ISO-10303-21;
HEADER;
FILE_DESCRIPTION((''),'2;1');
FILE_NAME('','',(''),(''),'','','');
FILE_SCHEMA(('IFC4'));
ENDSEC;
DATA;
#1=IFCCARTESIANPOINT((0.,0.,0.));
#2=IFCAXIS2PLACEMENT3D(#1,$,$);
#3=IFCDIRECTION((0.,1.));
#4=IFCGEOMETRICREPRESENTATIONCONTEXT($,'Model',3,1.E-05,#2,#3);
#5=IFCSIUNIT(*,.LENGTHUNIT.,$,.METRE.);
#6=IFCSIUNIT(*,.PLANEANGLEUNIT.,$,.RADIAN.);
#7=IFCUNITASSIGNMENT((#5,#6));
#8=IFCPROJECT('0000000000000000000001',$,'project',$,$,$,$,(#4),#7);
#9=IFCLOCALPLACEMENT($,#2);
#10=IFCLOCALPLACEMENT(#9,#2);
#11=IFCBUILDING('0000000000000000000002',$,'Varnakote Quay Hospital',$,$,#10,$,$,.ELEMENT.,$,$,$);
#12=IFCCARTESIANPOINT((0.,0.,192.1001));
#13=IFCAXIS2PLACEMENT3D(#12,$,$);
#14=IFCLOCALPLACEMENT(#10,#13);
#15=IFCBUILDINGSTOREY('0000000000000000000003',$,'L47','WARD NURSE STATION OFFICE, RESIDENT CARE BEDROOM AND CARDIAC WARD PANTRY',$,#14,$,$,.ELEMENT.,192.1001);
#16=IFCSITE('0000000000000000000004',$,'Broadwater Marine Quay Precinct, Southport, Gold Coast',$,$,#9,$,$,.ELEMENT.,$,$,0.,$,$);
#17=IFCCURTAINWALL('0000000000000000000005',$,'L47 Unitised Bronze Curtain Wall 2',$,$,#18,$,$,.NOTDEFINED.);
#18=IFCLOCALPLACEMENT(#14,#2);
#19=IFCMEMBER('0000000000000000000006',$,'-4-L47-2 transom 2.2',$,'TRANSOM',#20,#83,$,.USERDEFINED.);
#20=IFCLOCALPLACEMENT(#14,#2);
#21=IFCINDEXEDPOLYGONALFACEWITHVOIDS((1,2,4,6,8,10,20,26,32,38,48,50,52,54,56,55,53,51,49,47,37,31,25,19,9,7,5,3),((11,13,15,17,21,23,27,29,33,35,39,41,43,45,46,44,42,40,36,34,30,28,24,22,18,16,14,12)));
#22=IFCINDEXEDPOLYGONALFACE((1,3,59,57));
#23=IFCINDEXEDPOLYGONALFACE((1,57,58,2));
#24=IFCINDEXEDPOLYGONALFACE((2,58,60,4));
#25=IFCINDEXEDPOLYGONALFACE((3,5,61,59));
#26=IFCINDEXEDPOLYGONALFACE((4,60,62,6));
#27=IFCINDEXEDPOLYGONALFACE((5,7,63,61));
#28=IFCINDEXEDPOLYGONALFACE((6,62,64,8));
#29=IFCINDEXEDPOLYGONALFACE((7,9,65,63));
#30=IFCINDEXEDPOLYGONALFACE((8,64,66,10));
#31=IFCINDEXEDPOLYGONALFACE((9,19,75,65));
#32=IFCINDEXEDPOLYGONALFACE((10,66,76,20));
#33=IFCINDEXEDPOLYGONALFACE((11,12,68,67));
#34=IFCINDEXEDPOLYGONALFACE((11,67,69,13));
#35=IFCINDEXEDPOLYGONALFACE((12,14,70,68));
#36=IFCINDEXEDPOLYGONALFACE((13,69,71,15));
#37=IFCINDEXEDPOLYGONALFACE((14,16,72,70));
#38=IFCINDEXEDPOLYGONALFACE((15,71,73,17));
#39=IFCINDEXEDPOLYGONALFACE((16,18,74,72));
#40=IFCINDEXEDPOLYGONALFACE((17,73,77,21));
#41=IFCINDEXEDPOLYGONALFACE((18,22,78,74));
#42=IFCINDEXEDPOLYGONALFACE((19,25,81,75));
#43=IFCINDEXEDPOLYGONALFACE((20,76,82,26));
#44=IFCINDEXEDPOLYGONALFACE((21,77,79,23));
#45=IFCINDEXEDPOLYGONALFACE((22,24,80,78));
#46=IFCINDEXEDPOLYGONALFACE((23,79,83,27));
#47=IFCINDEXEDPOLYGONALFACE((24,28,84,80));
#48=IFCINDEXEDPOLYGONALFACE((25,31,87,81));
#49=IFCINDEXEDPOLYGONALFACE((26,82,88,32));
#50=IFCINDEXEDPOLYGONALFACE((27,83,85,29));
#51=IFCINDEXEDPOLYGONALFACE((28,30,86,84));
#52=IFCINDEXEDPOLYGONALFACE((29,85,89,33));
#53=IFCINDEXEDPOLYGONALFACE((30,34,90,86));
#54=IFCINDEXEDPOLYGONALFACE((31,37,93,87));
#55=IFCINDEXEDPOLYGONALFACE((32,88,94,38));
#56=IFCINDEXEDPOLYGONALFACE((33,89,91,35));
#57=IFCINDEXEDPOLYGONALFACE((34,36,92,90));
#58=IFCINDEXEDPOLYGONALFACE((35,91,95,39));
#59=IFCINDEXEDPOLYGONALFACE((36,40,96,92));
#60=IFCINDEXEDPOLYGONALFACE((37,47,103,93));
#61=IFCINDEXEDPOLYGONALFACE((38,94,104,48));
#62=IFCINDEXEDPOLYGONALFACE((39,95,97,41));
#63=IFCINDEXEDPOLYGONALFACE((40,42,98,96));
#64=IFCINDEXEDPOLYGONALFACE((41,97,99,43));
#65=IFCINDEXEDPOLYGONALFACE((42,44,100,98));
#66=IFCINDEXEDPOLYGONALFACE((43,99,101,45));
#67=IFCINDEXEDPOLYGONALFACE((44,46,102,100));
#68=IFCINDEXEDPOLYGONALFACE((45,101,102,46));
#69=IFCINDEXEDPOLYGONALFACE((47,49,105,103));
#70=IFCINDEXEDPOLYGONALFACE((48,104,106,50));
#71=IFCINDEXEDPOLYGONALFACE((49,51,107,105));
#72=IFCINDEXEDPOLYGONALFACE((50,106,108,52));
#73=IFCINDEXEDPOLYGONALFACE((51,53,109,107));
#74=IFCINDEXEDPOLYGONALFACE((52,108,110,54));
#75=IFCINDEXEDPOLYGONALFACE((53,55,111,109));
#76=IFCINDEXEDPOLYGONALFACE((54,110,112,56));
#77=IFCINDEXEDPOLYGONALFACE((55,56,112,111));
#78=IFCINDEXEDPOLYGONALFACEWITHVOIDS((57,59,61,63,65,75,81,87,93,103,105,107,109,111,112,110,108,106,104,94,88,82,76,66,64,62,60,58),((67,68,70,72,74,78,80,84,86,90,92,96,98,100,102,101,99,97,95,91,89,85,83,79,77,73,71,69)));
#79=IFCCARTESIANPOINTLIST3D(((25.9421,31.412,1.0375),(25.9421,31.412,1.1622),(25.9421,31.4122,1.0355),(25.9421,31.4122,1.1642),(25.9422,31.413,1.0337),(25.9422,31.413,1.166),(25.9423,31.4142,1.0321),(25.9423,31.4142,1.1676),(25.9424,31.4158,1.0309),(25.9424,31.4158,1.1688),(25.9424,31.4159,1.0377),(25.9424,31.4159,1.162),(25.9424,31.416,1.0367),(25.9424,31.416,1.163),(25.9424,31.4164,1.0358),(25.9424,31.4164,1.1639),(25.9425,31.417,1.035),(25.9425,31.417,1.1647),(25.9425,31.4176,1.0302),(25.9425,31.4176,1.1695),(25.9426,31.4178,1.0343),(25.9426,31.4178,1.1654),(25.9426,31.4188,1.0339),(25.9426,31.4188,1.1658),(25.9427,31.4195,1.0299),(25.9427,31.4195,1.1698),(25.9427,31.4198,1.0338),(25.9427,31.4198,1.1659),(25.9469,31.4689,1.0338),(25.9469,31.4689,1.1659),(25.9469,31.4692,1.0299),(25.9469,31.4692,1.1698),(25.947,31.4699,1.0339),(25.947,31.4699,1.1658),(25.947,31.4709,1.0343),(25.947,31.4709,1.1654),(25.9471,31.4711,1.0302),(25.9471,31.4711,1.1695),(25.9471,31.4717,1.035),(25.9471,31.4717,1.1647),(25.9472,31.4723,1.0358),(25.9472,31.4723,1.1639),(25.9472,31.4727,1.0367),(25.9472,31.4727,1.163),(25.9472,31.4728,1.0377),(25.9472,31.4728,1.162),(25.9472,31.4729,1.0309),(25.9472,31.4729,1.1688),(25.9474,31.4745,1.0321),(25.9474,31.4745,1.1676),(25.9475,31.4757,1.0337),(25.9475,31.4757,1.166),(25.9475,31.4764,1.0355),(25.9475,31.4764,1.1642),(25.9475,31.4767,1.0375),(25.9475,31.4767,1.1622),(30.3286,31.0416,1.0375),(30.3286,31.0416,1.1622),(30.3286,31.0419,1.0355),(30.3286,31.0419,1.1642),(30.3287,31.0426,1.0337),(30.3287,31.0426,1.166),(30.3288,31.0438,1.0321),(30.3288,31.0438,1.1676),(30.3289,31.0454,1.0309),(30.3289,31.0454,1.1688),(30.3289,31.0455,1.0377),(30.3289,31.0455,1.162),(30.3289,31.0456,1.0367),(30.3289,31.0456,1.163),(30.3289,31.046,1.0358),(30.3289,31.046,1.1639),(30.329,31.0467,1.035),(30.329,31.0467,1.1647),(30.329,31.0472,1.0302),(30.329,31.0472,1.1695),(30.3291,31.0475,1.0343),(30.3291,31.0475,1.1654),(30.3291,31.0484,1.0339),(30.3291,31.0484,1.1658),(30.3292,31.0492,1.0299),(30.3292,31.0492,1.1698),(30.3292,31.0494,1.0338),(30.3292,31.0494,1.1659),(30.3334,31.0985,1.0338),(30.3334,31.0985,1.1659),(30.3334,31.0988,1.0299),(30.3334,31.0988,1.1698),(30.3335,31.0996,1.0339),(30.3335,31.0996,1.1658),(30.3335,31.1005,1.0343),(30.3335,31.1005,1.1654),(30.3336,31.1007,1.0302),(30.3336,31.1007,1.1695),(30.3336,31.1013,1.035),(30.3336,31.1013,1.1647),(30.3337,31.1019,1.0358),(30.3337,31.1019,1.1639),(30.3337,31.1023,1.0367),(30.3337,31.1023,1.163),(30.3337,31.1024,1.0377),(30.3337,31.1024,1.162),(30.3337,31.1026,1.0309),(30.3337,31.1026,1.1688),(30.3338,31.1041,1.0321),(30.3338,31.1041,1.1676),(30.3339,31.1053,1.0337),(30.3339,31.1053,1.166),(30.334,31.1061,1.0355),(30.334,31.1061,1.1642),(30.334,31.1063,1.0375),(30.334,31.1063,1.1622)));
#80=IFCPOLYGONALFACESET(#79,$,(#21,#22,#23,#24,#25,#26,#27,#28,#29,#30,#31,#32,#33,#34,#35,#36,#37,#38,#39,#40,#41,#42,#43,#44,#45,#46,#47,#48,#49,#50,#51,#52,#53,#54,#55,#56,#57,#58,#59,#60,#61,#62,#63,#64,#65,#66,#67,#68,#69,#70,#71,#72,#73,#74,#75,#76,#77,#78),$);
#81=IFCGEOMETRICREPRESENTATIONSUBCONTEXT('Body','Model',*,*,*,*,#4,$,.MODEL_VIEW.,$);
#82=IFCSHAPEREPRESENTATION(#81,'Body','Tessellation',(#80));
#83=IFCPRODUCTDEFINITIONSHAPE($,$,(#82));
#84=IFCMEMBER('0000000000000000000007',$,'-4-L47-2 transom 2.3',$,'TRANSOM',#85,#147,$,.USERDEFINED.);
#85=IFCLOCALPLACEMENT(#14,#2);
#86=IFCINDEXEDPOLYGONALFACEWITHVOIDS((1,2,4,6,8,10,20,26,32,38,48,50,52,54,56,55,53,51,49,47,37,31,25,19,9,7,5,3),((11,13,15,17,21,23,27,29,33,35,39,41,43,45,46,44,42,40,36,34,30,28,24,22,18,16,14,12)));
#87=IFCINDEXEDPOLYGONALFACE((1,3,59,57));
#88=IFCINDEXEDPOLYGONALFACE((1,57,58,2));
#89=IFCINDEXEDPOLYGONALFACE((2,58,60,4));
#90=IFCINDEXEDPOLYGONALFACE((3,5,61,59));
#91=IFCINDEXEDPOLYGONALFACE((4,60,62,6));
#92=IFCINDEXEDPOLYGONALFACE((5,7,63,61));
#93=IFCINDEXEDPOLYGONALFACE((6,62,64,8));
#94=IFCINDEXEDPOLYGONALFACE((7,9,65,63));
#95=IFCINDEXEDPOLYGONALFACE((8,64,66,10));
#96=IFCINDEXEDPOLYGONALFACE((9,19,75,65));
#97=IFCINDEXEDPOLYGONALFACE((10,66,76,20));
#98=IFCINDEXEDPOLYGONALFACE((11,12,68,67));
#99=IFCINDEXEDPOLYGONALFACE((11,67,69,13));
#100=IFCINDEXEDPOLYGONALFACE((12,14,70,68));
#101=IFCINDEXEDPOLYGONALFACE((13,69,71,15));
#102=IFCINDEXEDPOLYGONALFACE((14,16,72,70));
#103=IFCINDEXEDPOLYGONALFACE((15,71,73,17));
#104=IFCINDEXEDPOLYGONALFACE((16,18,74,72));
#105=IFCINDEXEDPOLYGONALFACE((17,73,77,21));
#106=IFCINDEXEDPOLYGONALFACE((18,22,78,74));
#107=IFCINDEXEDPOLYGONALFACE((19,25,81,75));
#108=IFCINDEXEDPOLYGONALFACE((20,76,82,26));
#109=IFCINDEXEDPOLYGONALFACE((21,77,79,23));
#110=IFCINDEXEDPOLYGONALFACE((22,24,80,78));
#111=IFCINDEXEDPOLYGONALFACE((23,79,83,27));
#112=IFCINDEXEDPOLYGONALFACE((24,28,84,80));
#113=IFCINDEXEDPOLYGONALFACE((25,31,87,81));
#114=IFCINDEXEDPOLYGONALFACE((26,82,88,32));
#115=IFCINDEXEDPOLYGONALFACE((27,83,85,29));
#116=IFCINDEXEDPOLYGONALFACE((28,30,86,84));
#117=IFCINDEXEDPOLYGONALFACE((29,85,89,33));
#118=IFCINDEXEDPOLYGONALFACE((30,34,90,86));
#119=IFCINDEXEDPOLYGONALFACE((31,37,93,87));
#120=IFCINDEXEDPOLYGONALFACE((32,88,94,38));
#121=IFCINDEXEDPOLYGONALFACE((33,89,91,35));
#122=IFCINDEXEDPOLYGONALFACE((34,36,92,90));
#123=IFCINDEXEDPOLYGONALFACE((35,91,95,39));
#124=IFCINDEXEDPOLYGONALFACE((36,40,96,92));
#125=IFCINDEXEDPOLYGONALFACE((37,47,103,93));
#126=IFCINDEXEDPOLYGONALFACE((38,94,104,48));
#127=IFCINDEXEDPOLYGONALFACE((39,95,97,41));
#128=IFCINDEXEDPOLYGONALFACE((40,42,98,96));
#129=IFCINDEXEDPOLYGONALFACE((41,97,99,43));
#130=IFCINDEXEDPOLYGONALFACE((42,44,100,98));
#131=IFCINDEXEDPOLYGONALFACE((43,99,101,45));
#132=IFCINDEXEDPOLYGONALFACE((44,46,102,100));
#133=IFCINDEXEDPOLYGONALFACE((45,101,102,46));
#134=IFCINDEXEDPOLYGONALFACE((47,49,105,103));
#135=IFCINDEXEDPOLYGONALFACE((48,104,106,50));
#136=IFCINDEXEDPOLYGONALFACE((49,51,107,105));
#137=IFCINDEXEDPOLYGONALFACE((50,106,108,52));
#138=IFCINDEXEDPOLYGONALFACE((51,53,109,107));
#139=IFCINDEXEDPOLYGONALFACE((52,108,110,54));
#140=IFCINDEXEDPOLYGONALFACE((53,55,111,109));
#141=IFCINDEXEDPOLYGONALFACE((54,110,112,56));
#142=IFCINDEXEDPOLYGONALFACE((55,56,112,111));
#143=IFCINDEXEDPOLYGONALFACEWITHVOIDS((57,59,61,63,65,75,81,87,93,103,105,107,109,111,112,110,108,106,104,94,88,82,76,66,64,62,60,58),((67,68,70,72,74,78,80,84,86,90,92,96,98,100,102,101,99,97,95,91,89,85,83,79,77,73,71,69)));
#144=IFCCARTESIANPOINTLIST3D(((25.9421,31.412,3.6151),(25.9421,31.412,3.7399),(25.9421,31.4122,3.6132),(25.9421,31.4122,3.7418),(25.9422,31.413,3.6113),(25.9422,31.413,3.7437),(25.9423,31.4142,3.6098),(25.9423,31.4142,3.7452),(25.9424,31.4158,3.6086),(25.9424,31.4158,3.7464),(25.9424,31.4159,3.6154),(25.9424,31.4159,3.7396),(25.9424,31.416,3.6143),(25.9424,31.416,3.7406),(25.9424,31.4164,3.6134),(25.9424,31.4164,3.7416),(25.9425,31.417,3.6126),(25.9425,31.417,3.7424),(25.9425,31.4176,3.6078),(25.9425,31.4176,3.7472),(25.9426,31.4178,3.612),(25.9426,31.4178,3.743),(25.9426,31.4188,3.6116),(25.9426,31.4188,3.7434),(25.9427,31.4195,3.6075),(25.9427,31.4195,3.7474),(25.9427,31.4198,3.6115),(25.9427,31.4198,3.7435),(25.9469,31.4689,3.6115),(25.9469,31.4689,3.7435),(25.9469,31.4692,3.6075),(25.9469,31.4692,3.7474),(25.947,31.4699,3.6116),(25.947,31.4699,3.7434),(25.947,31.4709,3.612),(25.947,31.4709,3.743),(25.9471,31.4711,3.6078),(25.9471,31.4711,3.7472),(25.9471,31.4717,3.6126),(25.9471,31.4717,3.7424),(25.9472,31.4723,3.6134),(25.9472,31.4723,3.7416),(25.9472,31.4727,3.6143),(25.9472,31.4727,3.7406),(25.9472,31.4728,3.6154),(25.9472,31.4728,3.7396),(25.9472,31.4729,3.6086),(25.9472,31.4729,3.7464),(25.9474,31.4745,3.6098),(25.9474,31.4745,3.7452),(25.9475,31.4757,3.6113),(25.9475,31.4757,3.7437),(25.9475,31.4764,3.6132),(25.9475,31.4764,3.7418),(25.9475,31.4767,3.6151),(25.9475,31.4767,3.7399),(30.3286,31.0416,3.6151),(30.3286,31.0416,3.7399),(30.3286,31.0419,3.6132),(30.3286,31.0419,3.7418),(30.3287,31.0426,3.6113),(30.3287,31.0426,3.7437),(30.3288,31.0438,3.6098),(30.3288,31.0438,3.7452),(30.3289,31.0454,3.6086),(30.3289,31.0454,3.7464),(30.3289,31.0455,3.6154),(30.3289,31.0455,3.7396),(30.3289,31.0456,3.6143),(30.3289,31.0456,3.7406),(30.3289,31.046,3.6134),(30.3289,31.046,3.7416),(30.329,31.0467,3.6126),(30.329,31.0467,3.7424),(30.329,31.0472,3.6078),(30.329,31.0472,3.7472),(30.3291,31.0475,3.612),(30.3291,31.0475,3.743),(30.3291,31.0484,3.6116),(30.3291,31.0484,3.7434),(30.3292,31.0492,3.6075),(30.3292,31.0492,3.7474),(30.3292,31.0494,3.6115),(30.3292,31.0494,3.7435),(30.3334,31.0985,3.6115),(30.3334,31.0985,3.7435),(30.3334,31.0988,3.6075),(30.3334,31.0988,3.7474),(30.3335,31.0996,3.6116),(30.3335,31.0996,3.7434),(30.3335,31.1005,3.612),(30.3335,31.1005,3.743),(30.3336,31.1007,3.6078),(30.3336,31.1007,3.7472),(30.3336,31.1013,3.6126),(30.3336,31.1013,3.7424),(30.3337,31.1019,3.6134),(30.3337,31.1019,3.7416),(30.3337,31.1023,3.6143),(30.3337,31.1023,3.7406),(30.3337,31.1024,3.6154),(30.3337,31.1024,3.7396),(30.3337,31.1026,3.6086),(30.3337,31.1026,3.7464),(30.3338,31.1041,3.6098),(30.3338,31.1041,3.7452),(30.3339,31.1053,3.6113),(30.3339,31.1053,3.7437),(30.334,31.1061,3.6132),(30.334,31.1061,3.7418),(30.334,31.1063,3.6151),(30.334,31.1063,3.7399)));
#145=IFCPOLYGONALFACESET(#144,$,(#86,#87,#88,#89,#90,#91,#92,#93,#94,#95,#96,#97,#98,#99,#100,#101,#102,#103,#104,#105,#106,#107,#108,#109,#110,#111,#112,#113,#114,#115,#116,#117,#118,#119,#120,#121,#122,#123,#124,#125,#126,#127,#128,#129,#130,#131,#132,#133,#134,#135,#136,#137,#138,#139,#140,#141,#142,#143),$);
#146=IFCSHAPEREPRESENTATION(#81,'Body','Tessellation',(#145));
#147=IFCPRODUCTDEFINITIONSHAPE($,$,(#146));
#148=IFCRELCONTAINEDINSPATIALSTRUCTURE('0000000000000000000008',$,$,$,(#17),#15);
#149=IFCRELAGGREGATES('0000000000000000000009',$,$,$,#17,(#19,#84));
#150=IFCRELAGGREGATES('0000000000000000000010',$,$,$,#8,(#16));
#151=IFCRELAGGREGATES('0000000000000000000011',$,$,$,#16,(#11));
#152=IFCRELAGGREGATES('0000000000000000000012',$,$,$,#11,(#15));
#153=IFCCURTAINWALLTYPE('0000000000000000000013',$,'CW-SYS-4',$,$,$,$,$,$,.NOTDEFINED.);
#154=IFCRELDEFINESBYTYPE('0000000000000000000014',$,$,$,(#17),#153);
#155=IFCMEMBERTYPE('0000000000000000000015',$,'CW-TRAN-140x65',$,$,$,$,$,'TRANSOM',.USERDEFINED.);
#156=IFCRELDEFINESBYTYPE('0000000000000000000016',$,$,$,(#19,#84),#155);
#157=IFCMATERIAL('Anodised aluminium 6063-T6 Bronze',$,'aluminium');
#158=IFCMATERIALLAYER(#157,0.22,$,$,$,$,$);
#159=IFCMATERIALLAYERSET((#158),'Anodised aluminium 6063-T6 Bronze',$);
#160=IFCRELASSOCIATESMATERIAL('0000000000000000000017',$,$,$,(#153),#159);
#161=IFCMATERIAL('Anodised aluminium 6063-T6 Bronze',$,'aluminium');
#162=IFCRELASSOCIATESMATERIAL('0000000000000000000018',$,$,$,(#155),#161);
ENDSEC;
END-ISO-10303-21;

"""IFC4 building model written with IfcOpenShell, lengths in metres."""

from ifc_helpers import new_model, si_unit, direction, frame, origin, origin_2d, place, context, subcontext, project, spatial, hollow_rectangle, extrude, material, layer, layer_set, material_profile, profile_set, type_object, element, aggregate, save


model = new_model("IFC4")

# Units and contexts
model_context = context("Model", 3, precision=1e-05, world=origin(), true_north=direction((0.0, 1.0)))
body_context = subcontext(model_context, "Body", "Model", "MODEL_VIEW")
ifc_project = project(units=[si_unit("LENGTHUNIT", "METRE"), si_unit("PLANEANGLEUNIT", "RADIAN")], contexts=[model_context])

# Site, building, storey
site_placement = place(None, origin())
site = spatial("IfcSite", under=ifc_project, at=site_placement, Name="Broadwater Marine Quay Precinct, Southport, Gold Coast", CompositionType="ELEMENT", RefElevation=0.0)
building_placement = place(site_placement, origin())
building = spatial("IfcBuilding", under=site, at=building_placement, Name="Varnakote Quay Hospital", CompositionType="ELEMENT")
storey_placement = place(building_placement, frame((0.0, 0.0, 192.1001)))
storey = spatial("IfcBuildingStorey", under=building, at=storey_placement, Name="L47", Description="WARD NURSE STATION OFFICE, RESIDENT CARE BEDROOM AND CARDIAC WARD PANTRY", CompositionType="ELEMENT", Elevation=192.1001)

# Curtain wall, members
ifc_material_1 = material(Name="Anodised aluminium 6063-T6 Bronze", Category="aluminium")
ifc_layer_1 = layer(ifc_material_1, 0.22)
ifc_layer_set_1 = layer_set([ifc_layer_1], Name="Anodised aluminium 6063-T6 Bronze")
curtain_wall_type = type_object("IfcCurtainWallType", Name="CW-SYS-4", PredefinedType="NOTDEFINED", material=ifc_layer_set_1)
curtain_wall_placement = place(storey_placement, origin())
curtain_wall = element("IfcCurtainWall", 1, at=curtain_wall_placement, inside=storey, type_object=curtain_wall_type, Name="L47 Unitised Bronze Curtain Wall 2", PredefinedType="NOTDEFINED")
ifc_material_2 = material(Name="Anodised aluminium 6063-T6 Bronze", Category="aluminium")
ifc_material_profile_1 = material_profile(ifc_material_2, hollow_rectangle(XDim=0.0649, YDim=0.1399, WallThickness=0.0039, InnerFilletRadius=0.0039, OuterFilletRadius=0.0076, at=origin_2d()), Name="CW-TRAN-140x65")
ifc_profile_set_1 = profile_set([ifc_material_profile_1], Name="Anodised aluminium 6063-T6 Bronze")
member_type_1 = type_object("IfcMemberType", Name="CW-TRAN-140x65", ElementType="TRANSOM", PredefinedType="USERDEFINED", material=ifc_profile_set_1)
member_1_placement = place(storey_placement, frame((30.3313, 31.074, 1.0999), z_axis=(-0.996455, 0.084133, 0.0), x_axis=(-0.084133, -0.996455, 0.0)))
member_1 = element("IfcMember", 2, at=member_1_placement, type_object=member_type_1, Name="-4-L47-2 transom 2.2", ObjectType="TRANSOM", PredefinedType="USERDEFINED", context=body_context, shape_type="SweptSolid", body=[
    extrude(hollow_rectangle(XDim=0.0649, YDim=0.1399, WallThickness=0.0039, InnerFilletRadius=0.0039, OuterFilletRadius=0.0076, at=origin_2d()), origin(), (0.0, 0.0, 1.0), 4.4021),
])
member_2_placement = place(storey_placement, frame((30.3313, 31.074, 3.6775), z_axis=(-0.996455, 0.084133, 0.0), x_axis=(-0.084133, -0.996455, 0.0)))
member_2 = element("IfcMember", 3, at=member_2_placement, type_object=member_type_1, Name="-4-L47-2 transom 2.3", ObjectType="TRANSOM", PredefinedType="USERDEFINED", context=body_context, shape_type="SweptSolid", body=[
    extrude(hollow_rectangle(XDim=0.0649, YDim=0.1399, WallThickness=0.0039, InnerFilletRadius=0.0039, OuterFilletRadius=0.0076, at=origin_2d()), origin(), (0.0, 0.0, 1.0), 4.4021),
])

aggregate(curtain_wall, [member_1, member_2])

save(model, "model.ifc")
